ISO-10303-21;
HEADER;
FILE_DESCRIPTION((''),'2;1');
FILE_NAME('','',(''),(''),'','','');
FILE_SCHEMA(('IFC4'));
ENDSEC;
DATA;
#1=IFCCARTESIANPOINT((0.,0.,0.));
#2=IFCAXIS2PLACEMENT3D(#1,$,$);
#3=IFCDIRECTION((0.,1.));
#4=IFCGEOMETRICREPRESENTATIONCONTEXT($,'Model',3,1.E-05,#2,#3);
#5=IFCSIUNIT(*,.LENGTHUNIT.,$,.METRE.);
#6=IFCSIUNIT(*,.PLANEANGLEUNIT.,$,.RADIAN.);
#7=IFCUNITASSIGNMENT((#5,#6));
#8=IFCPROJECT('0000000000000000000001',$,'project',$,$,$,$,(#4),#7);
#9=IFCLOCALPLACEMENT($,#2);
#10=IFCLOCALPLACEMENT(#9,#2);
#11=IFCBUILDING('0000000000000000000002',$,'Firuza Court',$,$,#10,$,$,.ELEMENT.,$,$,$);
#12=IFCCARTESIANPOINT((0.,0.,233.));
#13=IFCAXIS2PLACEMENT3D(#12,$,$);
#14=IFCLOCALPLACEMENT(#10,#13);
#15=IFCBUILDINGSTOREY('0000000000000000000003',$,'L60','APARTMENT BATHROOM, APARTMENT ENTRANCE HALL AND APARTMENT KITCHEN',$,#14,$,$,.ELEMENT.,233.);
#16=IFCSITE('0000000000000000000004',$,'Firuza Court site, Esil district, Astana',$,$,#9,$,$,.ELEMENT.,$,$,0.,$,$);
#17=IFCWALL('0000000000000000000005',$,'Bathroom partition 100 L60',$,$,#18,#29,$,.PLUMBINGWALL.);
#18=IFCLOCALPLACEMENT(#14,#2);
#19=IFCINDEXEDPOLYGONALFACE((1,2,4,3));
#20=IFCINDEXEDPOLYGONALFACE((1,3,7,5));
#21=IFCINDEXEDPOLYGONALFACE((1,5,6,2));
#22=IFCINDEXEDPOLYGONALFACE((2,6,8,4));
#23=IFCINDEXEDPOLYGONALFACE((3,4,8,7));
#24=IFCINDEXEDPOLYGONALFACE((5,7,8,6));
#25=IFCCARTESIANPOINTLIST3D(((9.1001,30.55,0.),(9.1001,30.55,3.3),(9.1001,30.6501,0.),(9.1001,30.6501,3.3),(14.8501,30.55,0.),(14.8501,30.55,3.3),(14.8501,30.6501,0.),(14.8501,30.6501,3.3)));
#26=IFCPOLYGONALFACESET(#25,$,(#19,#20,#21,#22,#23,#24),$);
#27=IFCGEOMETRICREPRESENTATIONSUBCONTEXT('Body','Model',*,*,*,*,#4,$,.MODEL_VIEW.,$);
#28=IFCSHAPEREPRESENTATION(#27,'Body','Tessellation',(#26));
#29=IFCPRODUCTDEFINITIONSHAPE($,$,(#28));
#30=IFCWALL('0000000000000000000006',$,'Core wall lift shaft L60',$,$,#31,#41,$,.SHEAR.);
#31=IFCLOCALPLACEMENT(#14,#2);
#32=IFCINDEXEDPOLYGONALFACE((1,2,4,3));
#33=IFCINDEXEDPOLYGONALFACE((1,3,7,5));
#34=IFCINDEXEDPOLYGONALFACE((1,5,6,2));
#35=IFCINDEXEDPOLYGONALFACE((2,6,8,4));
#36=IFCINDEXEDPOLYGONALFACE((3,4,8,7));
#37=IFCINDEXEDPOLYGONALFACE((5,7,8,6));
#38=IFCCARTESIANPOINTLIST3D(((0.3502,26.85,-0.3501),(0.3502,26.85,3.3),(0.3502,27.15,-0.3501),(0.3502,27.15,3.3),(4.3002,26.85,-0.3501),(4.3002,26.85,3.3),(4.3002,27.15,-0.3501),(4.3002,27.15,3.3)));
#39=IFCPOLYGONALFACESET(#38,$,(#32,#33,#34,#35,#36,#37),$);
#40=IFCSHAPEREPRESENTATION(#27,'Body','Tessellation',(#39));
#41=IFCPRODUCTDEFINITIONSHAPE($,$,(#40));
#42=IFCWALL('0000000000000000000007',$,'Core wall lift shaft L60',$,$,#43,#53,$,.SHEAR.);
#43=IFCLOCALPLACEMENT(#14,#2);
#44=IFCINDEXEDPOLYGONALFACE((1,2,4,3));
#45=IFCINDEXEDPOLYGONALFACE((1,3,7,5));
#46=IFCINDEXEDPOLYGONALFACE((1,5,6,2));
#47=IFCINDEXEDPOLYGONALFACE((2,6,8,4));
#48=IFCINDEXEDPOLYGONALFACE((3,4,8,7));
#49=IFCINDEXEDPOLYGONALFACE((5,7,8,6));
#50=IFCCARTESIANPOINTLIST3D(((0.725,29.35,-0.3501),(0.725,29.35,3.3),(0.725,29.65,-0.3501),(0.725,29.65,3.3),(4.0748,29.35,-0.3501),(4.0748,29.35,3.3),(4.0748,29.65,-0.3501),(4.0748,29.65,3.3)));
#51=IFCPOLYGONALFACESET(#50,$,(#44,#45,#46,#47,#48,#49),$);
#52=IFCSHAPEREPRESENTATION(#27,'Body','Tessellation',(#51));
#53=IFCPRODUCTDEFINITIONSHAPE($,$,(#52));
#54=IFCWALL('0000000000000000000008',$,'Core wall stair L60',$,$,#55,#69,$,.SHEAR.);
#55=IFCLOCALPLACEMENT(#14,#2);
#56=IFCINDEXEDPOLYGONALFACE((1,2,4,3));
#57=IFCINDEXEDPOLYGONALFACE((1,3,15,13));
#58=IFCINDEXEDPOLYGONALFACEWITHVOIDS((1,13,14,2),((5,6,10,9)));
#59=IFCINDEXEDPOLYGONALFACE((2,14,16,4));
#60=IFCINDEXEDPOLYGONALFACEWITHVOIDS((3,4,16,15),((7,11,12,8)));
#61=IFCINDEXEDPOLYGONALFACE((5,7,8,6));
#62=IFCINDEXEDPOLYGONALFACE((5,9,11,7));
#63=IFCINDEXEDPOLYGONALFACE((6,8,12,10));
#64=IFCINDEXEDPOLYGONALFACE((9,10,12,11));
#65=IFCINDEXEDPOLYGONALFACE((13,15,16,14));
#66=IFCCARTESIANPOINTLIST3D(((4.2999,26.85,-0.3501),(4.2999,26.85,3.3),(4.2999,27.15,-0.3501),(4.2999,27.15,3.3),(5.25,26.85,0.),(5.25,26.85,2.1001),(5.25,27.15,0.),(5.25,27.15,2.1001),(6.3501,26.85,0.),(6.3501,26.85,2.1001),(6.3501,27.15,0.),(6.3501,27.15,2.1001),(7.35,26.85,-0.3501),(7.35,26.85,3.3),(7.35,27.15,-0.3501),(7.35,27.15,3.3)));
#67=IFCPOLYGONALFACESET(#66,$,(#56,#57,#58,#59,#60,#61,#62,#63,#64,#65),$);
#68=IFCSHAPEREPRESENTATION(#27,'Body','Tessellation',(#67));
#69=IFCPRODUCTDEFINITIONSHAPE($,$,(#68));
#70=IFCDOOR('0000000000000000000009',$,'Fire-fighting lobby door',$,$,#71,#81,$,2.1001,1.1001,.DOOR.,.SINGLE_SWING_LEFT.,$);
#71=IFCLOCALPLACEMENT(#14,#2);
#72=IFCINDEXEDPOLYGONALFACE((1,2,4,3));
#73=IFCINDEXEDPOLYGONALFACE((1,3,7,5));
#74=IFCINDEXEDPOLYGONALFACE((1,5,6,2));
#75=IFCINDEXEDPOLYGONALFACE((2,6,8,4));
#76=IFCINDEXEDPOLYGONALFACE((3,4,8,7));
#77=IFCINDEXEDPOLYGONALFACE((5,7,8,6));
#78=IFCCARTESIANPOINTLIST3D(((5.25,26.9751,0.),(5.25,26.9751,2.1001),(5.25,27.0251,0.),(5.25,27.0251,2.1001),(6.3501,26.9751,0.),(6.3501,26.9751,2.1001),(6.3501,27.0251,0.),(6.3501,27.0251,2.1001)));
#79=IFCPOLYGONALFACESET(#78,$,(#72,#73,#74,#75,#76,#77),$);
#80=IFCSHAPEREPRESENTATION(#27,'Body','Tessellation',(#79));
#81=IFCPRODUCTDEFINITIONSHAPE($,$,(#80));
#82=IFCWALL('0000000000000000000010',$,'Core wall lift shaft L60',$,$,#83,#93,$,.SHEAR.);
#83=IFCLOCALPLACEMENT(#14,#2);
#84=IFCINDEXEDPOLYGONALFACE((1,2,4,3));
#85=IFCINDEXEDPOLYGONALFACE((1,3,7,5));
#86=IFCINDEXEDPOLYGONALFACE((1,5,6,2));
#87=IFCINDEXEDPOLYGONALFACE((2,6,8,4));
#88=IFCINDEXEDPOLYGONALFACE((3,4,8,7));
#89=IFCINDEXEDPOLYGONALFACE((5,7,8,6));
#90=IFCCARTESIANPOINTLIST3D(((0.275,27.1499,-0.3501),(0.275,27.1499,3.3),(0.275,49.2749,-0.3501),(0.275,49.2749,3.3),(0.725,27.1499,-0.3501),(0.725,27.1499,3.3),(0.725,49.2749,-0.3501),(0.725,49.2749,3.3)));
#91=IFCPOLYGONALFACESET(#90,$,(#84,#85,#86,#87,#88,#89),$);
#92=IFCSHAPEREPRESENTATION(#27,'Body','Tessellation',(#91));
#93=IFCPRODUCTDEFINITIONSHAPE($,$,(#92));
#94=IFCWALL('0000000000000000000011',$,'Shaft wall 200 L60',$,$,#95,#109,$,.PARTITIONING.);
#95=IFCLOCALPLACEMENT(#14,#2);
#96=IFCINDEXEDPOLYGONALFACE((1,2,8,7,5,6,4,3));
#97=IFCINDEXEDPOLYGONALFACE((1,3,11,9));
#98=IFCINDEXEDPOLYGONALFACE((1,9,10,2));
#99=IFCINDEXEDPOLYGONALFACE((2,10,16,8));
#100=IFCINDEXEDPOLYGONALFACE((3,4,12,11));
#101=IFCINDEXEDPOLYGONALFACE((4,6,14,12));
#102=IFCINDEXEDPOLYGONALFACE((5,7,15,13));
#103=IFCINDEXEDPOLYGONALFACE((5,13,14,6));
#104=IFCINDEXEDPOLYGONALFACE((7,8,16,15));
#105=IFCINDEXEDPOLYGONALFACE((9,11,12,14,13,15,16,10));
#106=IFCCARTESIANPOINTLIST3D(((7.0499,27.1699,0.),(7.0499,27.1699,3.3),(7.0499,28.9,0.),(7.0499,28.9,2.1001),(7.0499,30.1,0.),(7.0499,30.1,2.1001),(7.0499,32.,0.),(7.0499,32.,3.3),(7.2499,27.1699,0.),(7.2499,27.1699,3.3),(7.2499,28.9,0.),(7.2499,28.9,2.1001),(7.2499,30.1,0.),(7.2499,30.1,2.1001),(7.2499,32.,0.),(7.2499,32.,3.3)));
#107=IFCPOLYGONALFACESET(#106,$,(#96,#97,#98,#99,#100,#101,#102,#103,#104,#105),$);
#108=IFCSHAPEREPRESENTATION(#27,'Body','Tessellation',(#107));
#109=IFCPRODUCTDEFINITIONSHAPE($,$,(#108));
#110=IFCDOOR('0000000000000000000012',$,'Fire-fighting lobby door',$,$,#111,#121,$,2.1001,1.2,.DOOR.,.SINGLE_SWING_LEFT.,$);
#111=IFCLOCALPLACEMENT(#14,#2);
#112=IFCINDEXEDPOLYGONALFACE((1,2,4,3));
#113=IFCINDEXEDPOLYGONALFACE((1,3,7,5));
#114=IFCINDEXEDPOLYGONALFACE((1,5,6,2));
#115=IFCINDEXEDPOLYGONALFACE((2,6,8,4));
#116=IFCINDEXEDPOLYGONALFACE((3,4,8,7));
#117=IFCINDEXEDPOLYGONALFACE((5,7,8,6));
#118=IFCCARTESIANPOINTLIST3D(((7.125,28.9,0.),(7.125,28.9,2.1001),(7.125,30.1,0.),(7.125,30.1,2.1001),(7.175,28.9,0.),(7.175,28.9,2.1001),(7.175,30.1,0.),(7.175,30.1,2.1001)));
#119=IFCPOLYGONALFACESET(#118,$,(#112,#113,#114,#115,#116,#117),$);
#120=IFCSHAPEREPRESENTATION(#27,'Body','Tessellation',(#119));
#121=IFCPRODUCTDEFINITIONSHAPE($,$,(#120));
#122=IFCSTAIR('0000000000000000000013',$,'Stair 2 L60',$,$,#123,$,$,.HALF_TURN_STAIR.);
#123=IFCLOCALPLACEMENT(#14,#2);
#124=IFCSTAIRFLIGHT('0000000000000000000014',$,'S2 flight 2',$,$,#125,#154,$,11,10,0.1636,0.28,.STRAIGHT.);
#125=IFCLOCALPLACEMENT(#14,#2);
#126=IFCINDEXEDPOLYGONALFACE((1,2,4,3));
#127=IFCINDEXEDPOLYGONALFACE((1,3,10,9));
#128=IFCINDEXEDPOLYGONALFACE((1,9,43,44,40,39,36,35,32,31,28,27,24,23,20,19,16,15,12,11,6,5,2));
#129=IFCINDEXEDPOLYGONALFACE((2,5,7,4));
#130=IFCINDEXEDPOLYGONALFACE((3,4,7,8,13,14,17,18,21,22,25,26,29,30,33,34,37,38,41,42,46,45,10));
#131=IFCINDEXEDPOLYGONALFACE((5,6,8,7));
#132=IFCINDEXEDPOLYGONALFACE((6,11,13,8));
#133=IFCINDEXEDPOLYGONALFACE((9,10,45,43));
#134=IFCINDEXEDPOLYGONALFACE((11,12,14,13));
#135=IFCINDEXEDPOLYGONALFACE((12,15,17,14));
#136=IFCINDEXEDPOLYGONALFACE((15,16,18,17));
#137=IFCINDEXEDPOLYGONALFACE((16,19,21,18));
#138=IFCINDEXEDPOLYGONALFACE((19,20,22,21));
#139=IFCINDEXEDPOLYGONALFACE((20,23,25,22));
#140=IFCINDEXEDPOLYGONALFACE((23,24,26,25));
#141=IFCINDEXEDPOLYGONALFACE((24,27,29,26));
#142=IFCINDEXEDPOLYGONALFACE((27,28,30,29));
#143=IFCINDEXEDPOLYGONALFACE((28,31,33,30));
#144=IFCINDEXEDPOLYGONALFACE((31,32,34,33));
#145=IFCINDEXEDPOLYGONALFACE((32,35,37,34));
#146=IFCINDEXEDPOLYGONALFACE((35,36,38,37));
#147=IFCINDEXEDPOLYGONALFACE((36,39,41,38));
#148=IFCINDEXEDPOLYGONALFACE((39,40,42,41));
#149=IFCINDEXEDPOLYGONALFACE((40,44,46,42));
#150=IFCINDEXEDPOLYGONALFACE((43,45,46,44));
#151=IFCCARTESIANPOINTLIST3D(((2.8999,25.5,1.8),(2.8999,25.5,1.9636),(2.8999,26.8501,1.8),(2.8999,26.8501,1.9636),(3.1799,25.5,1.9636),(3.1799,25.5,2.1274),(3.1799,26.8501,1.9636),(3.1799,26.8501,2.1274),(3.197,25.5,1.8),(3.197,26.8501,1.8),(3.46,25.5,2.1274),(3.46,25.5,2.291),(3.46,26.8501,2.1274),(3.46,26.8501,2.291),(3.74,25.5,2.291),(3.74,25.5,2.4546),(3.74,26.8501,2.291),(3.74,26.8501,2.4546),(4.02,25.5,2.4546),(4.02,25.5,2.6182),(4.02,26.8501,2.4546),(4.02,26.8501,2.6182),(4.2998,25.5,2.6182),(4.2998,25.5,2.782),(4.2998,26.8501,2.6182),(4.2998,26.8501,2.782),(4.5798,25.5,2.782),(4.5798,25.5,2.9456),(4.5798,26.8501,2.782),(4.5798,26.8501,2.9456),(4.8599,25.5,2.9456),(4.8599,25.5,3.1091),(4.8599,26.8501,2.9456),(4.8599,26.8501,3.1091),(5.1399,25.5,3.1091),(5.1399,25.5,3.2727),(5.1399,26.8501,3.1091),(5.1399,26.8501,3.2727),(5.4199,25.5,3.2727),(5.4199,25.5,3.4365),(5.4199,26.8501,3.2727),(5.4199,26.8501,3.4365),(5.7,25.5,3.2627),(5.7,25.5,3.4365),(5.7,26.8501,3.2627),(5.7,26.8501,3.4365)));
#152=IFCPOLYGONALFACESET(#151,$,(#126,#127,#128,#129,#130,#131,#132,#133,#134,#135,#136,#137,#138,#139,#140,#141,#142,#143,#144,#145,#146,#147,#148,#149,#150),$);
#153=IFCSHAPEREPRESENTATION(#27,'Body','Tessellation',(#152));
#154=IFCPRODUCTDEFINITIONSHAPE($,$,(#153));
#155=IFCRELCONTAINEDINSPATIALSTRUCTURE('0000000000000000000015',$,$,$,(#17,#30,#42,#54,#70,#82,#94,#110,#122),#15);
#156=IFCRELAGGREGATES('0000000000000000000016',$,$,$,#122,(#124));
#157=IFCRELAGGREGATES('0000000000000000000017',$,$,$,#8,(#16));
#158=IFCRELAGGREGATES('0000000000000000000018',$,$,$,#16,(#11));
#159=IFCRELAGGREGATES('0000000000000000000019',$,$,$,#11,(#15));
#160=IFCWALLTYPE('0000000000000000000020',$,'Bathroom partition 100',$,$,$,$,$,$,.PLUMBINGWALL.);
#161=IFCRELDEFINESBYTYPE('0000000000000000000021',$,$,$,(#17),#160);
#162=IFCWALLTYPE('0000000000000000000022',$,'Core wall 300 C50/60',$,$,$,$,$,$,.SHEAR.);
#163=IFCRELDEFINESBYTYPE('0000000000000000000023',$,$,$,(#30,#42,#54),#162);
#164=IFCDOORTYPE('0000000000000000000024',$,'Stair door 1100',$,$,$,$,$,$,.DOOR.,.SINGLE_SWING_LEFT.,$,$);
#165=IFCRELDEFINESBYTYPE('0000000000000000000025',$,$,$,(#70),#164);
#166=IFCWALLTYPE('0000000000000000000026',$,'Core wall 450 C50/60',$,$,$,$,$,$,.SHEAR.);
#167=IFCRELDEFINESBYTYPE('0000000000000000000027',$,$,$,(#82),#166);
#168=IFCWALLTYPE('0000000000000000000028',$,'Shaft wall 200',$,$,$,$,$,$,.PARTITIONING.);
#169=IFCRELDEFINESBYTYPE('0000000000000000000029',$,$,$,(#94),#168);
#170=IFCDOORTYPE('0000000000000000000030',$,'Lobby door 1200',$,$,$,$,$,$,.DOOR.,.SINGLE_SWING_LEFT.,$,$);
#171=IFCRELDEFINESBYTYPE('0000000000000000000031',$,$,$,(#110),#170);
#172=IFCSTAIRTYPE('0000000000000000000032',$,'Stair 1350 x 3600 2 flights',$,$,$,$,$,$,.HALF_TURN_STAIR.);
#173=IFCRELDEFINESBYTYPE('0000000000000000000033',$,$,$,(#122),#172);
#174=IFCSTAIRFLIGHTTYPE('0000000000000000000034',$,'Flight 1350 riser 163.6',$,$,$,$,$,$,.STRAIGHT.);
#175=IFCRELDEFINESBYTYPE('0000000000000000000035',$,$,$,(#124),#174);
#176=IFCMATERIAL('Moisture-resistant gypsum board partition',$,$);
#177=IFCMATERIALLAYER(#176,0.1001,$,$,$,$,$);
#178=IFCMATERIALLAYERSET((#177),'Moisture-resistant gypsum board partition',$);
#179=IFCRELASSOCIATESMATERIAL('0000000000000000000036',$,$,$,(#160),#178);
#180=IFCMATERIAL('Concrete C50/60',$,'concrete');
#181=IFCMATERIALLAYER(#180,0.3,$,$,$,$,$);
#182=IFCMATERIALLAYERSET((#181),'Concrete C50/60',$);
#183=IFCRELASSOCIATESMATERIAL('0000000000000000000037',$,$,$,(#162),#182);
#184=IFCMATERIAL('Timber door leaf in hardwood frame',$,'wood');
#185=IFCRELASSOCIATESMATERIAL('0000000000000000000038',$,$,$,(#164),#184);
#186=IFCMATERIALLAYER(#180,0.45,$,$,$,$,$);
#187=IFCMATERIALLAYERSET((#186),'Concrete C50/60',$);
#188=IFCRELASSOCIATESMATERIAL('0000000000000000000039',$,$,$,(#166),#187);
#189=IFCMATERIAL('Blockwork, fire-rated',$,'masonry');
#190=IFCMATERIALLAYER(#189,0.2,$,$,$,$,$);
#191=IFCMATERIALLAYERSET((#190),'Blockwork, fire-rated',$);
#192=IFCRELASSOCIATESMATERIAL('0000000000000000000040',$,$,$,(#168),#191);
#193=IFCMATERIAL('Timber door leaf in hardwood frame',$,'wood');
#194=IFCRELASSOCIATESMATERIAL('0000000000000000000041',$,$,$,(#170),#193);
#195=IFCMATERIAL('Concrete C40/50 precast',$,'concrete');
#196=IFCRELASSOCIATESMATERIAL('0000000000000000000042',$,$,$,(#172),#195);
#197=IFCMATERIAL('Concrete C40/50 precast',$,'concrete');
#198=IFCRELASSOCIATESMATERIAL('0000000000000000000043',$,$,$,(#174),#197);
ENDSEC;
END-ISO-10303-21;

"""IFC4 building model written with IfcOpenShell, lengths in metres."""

from ifc_helpers import new_model, si_unit, direction, frame, frame_2d, origin, place, context, subcontext, project, spatial, polyline, rectangle, outline, extrude, material, layer, layer_set, type_object, element, fill, aggregate, save


model = new_model("IFC4")

# Units and contexts
model_context = context("Model", 3, precision=1e-05, world=origin(), true_north=direction((0.0, 1.0)))
body_context = subcontext(model_context, "Body", "Model", "MODEL_VIEW")
ifc_project = project(units=[si_unit("LENGTHUNIT", "METRE"), si_unit("PLANEANGLEUNIT", "RADIAN")], contexts=[model_context])

# Site, building, storey
site_placement = place(None, origin())
site = spatial("IfcSite", under=ifc_project, at=site_placement, Name="Firuza Court site, Esil district, Astana", CompositionType="ELEMENT", RefElevation=0.0)
building_placement = place(site_placement, origin())
building = spatial("IfcBuilding", under=site, at=building_placement, Name="Firuza Court", CompositionType="ELEMENT")
storey_placement = place(building_placement, frame((0.0, 0.0, 233.0)))
storey = spatial("IfcBuildingStorey", under=building, at=storey_placement, Name="L60", Description="APARTMENT BATHROOM, APARTMENT ENTRANCE HALL AND APARTMENT KITCHEN", CompositionType="ELEMENT", Elevation=233.0)

# Walls
ifc_material_1 = material(Name="Moisture-resistant gypsum board partition")
ifc_layer_1 = layer(ifc_material_1, 0.1001)
ifc_layer_set_1 = layer_set([ifc_layer_1], Name="Moisture-resistant gypsum board partition")
wall_type_1 = type_object("IfcWallType", Name="Bathroom partition 100", PredefinedType="PLUMBINGWALL", material=ifc_layer_set_1)
for number, where, z_axis, x_axis, name in (
    (1, (9.1001, 30.6001, 0.0), (0.0, 0.0, 1.0), (1.0, 0.0, 0.0), "Bathroom partition 100 L60"),
):
    element("IfcWall", number, at=place(storey_placement, frame(where, z_axis=z_axis, x_axis=x_axis)), inside=storey, type_object=wall_type_1, Name=name, PredefinedType="PLUMBINGWALL", context=body_context, shape_type="SweptSolid", body=[
        extrude(rectangle(XDim=5.75, YDim=0.1001, at=frame_2d((2.875, 0.0))), origin(), (0.0, 0.0, 1.0), 3.3),
    ])
ifc_material_2 = material(Name="Concrete C50/60", Category="concrete")
ifc_layer_2 = layer(ifc_material_2, 0.3)
ifc_layer_set_2 = layer_set([ifc_layer_2], Name="Concrete C50/60")
wall_type_2 = type_object("IfcWallType", Name="Core wall 300 C50/60", PredefinedType="SHEAR", material=ifc_layer_set_2)
wall_1_placement = place(storey_placement, frame((0.3501, 27.0, -0.3501), z_axis=(0.0, 0.0, 1.0), x_axis=(1.0, 0.0, 0.0)))
element("IfcWall", 2, at=wall_1_placement, inside=storey, type_object=wall_type_2, Name="Core wall lift shaft L60", PredefinedType="SHEAR", context=body_context, shape_type="SweptSolid", body=[
    extrude(rectangle(XDim=3.95, YDim=0.3, at=frame_2d((1.9751, 0.0))), origin(), (0.0, 0.0, 1.0), 3.6501),
])
wall_2_placement = place(storey_placement, frame((0.7251, 29.5, -0.3501), z_axis=(0.0, 0.0, 1.0), x_axis=(1.0, 0.0, 0.0)))
element("IfcWall", 3, at=wall_2_placement, inside=storey, type_object=wall_type_2, Name="Core wall lift shaft L60", PredefinedType="SHEAR", context=body_context, shape_type="SweptSolid", body=[
    extrude(rectangle(XDim=3.3499, YDim=0.3, at=frame_2d((1.6748, 0.0))), origin(), (0.0, 0.0, 1.0), 3.6501),
])

# Wall, opening, door
wall_3_placement = place(storey_placement, frame((4.3, 27.0, -0.3501), z_axis=(0.0, 0.0, 1.0), x_axis=(1.0, 0.0, 0.0)))
wall_3 = element("IfcWall", 4, at=wall_3_placement, inside=storey, type_object=wall_type_2, Name="Core wall stair L60", PredefinedType="SHEAR", context=body_context, shape_type="SweptSolid", body=[
    extrude(rectangle(XDim=3.05, YDim=0.3, at=frame_2d((1.5249, 0.0))), origin(), (0.0, 0.0, 1.0), 3.6501),
])
opening_1_placement = place(wall_3_placement, frame((0.95, 0.0, 0.3501)))
opening_1 = element("IfcOpeningElement", 5, at=opening_1_placement, cuts=wall_3, PredefinedType="OPENING", context=body_context, shape_type="SweptSolid", body=[
    extrude(rectangle(XDim=1.1001, YDim=2.1001, at=frame_2d((0.55, 1.05))), frame((0.0, 0.1621, 0.0), z_axis=(0.0, -1.0, 0.0), x_axis=(1.0, 0.0, 0.0)), (0.0, 0.0, 1.0), 0.324),
])
ifc_material_3 = material(Name="Timber door leaf in hardwood frame", Category="wood")
door_type_1 = type_object("IfcDoorType", Name="Stair door 1100", OperationType="SINGLE_SWING_LEFT", PredefinedType="DOOR", material=ifc_material_3)
door_1_placement = place(opening_1_placement, frame((1.1001, 0.0, 0.0), z_axis=(0.0, 0.0, 1.0), x_axis=(-1.0, 0.0, 0.0)))
door_1 = element("IfcDoor", 6, at=door_1_placement, inside=storey, type_object=door_type_1, Name="Fire-fighting lobby door", OperationType="SINGLE_SWING_LEFT", OverallHeight=2.1001, OverallWidth=1.1001, PredefinedType="DOOR", context=body_context, shape_type="SweptSolid", body=[
    extrude(rectangle(XDim=1.1001, YDim=2.1001, at=frame_2d((0.55, 1.05))), frame((0.0, 0.0249, 0.0), z_axis=(0.0, -1.0, 0.0), x_axis=(1.0, 0.0, 0.0)), (0.0, 0.0, 1.0), 0.05),
])
fill(opening_1, door_1)

# Wall
ifc_layer_3 = layer(ifc_material_2, 0.45)
ifc_layer_set_3 = layer_set([ifc_layer_3], Name="Concrete C50/60")
wall_type_3 = type_object("IfcWallType", Name="Core wall 450 C50/60", PredefinedType="SHEAR", material=ifc_layer_set_3)
wall_4_placement = place(storey_placement, frame((0.5, 27.1499, -0.3501), z_axis=(0.0, 0.0, 1.0), x_axis=(0.0, 1.0, 0.0)))
element("IfcWall", 7, at=wall_4_placement, inside=storey, type_object=wall_type_3, Name="Core wall lift shaft L60", PredefinedType="SHEAR", context=body_context, shape_type="SweptSolid", body=[
    extrude(rectangle(XDim=22.125, YDim=0.45, at=frame_2d((11.0625, 0.0))), origin(), (0.0, 0.0, 1.0), 3.6501),
])

# Wall, opening, door
ifc_material_4 = material(Name="Blockwork, fire-rated", Category="masonry")
ifc_layer_4 = layer(ifc_material_4, 0.2)
ifc_layer_set_4 = layer_set([ifc_layer_4], Name="Blockwork, fire-rated")
wall_type_4 = type_object("IfcWallType", Name="Shaft wall 200", PredefinedType="PARTITIONING", material=ifc_layer_set_4)
wall_5_placement = place(storey_placement, frame((7.1499, 27.1699, 0.0), z_axis=(0.0, 0.0, 1.0), x_axis=(0.0, 1.0, 0.0)))
wall_5 = element("IfcWall", 8, at=wall_5_placement, inside=storey, type_object=wall_type_4, Name="Shaft wall 200 L60", PredefinedType="PARTITIONING", context=body_context, shape_type="SweptSolid", body=[
    extrude(rectangle(XDim=4.8301, YDim=0.2, at=frame_2d((2.415, 0.0))), origin(), (0.0, 0.0, 1.0), 3.3),
])
opening_2_placement = place(wall_5_placement, frame((1.73, 0.0, 0.0)))
opening_2 = element("IfcOpeningElement", 9, at=opening_2_placement, cuts=wall_5, PredefinedType="OPENING", context=body_context, shape_type="SweptSolid", body=[
    extrude(rectangle(XDim=1.2, YDim=2.1001, at=frame_2d((0.6001, 1.05))), frame((0.0, 0.1118, 0.0), z_axis=(0.0, -1.0, 0.0), x_axis=(1.0, 0.0, 0.0)), (0.0, 0.0, 1.0), 0.2239),
])
ifc_material_5 = material(Name="Timber door leaf in hardwood frame", Category="wood")
door_type_2 = type_object("IfcDoorType", Name="Lobby door 1200", OperationType="SINGLE_SWING_LEFT", PredefinedType="DOOR", material=ifc_material_5)
door_2_placement = place(opening_2_placement, origin())
door_2 = element("IfcDoor", 10, at=door_2_placement, inside=storey, type_object=door_type_2, Name="Fire-fighting lobby door", OperationType="SINGLE_SWING_LEFT", OverallHeight=2.1001, OverallWidth=1.2, PredefinedType="DOOR", context=body_context, shape_type="SweptSolid", body=[
    extrude(rectangle(XDim=1.2, YDim=2.1001, at=frame_2d((0.6001, 1.05))), frame((0.0, 0.0249, 0.0), z_axis=(0.0, -1.0, 0.0), x_axis=(1.0, 0.0, 0.0)), (0.0, 0.0, 1.0), 0.05),
])
fill(opening_2, door_2)

# Stair, stair flight
ifc_material_6 = material(Name="Concrete C40/50 precast", Category="concrete")
stair_type = type_object("IfcStairType", Name="Stair 1350 x 3600 2 flights", PredefinedType="HALF_TURN_STAIR", material=ifc_material_6)
stair_placement = place(storey_placement, origin())
stair = element("IfcStair", 11, at=stair_placement, inside=storey, type_object=stair_type, Name="Stair 2 L60", PredefinedType="HALF_TURN_STAIR")
ifc_material_7 = material(Name="Concrete C40/50 precast", Category="concrete")
stair_flight_type = type_object("IfcStairFlightType", Name="Flight 1350 riser 163.6", PredefinedType="STRAIGHT", material=ifc_material_7)
stair_flight_placement = place(storey_placement, frame((2.8999, 26.175, 1.8), z_axis=(0.0, 0.0, 1.0), x_axis=(1.0, 0.0, 0.0)))
stair_flight = element("IfcStairFlight", 12, at=stair_flight_placement, type_object=stair_flight_type, Name="S2 flight 2", NumberOfRisers=11, NumberOfTreads=10, PredefinedType="STRAIGHT", RiserHeight=0.1636, TreadLength=0.28, context=body_context, shape_type="SweptSolid", body=[
    extrude(outline(polyline([(0.0, 0.0), (0.0, 0.1636), (0.28, 0.1636), (0.28, 0.3274), (0.5601, 0.3274), (0.5601, 0.491), (0.8401, 0.491), (0.8401, 0.6545), (1.1201, 0.6545), (1.1201, 0.8181), (1.3999, 0.8181), (1.3999, 0.9819), (1.6799, 0.9819), (1.6799, 1.1455), (1.96, 1.1455), (1.96, 1.3091), (2.24, 1.3091), (2.24, 1.4727), (2.52, 1.4727), (2.52, 1.6365), (2.8, 1.6365), (2.8, 1.8), (2.8, 1.4626), (0.2971, 0.0), (0.0, 0.0)])), frame((0.0, 0.675, 0.0), z_axis=(0.0, -1.0, 0.0), x_axis=(1.0, 0.0, 0.0)), (0.0, 0.0, 1.0), 1.3501),
])
aggregate(stair, [stair_flight])

save(model, "model.ifc")
